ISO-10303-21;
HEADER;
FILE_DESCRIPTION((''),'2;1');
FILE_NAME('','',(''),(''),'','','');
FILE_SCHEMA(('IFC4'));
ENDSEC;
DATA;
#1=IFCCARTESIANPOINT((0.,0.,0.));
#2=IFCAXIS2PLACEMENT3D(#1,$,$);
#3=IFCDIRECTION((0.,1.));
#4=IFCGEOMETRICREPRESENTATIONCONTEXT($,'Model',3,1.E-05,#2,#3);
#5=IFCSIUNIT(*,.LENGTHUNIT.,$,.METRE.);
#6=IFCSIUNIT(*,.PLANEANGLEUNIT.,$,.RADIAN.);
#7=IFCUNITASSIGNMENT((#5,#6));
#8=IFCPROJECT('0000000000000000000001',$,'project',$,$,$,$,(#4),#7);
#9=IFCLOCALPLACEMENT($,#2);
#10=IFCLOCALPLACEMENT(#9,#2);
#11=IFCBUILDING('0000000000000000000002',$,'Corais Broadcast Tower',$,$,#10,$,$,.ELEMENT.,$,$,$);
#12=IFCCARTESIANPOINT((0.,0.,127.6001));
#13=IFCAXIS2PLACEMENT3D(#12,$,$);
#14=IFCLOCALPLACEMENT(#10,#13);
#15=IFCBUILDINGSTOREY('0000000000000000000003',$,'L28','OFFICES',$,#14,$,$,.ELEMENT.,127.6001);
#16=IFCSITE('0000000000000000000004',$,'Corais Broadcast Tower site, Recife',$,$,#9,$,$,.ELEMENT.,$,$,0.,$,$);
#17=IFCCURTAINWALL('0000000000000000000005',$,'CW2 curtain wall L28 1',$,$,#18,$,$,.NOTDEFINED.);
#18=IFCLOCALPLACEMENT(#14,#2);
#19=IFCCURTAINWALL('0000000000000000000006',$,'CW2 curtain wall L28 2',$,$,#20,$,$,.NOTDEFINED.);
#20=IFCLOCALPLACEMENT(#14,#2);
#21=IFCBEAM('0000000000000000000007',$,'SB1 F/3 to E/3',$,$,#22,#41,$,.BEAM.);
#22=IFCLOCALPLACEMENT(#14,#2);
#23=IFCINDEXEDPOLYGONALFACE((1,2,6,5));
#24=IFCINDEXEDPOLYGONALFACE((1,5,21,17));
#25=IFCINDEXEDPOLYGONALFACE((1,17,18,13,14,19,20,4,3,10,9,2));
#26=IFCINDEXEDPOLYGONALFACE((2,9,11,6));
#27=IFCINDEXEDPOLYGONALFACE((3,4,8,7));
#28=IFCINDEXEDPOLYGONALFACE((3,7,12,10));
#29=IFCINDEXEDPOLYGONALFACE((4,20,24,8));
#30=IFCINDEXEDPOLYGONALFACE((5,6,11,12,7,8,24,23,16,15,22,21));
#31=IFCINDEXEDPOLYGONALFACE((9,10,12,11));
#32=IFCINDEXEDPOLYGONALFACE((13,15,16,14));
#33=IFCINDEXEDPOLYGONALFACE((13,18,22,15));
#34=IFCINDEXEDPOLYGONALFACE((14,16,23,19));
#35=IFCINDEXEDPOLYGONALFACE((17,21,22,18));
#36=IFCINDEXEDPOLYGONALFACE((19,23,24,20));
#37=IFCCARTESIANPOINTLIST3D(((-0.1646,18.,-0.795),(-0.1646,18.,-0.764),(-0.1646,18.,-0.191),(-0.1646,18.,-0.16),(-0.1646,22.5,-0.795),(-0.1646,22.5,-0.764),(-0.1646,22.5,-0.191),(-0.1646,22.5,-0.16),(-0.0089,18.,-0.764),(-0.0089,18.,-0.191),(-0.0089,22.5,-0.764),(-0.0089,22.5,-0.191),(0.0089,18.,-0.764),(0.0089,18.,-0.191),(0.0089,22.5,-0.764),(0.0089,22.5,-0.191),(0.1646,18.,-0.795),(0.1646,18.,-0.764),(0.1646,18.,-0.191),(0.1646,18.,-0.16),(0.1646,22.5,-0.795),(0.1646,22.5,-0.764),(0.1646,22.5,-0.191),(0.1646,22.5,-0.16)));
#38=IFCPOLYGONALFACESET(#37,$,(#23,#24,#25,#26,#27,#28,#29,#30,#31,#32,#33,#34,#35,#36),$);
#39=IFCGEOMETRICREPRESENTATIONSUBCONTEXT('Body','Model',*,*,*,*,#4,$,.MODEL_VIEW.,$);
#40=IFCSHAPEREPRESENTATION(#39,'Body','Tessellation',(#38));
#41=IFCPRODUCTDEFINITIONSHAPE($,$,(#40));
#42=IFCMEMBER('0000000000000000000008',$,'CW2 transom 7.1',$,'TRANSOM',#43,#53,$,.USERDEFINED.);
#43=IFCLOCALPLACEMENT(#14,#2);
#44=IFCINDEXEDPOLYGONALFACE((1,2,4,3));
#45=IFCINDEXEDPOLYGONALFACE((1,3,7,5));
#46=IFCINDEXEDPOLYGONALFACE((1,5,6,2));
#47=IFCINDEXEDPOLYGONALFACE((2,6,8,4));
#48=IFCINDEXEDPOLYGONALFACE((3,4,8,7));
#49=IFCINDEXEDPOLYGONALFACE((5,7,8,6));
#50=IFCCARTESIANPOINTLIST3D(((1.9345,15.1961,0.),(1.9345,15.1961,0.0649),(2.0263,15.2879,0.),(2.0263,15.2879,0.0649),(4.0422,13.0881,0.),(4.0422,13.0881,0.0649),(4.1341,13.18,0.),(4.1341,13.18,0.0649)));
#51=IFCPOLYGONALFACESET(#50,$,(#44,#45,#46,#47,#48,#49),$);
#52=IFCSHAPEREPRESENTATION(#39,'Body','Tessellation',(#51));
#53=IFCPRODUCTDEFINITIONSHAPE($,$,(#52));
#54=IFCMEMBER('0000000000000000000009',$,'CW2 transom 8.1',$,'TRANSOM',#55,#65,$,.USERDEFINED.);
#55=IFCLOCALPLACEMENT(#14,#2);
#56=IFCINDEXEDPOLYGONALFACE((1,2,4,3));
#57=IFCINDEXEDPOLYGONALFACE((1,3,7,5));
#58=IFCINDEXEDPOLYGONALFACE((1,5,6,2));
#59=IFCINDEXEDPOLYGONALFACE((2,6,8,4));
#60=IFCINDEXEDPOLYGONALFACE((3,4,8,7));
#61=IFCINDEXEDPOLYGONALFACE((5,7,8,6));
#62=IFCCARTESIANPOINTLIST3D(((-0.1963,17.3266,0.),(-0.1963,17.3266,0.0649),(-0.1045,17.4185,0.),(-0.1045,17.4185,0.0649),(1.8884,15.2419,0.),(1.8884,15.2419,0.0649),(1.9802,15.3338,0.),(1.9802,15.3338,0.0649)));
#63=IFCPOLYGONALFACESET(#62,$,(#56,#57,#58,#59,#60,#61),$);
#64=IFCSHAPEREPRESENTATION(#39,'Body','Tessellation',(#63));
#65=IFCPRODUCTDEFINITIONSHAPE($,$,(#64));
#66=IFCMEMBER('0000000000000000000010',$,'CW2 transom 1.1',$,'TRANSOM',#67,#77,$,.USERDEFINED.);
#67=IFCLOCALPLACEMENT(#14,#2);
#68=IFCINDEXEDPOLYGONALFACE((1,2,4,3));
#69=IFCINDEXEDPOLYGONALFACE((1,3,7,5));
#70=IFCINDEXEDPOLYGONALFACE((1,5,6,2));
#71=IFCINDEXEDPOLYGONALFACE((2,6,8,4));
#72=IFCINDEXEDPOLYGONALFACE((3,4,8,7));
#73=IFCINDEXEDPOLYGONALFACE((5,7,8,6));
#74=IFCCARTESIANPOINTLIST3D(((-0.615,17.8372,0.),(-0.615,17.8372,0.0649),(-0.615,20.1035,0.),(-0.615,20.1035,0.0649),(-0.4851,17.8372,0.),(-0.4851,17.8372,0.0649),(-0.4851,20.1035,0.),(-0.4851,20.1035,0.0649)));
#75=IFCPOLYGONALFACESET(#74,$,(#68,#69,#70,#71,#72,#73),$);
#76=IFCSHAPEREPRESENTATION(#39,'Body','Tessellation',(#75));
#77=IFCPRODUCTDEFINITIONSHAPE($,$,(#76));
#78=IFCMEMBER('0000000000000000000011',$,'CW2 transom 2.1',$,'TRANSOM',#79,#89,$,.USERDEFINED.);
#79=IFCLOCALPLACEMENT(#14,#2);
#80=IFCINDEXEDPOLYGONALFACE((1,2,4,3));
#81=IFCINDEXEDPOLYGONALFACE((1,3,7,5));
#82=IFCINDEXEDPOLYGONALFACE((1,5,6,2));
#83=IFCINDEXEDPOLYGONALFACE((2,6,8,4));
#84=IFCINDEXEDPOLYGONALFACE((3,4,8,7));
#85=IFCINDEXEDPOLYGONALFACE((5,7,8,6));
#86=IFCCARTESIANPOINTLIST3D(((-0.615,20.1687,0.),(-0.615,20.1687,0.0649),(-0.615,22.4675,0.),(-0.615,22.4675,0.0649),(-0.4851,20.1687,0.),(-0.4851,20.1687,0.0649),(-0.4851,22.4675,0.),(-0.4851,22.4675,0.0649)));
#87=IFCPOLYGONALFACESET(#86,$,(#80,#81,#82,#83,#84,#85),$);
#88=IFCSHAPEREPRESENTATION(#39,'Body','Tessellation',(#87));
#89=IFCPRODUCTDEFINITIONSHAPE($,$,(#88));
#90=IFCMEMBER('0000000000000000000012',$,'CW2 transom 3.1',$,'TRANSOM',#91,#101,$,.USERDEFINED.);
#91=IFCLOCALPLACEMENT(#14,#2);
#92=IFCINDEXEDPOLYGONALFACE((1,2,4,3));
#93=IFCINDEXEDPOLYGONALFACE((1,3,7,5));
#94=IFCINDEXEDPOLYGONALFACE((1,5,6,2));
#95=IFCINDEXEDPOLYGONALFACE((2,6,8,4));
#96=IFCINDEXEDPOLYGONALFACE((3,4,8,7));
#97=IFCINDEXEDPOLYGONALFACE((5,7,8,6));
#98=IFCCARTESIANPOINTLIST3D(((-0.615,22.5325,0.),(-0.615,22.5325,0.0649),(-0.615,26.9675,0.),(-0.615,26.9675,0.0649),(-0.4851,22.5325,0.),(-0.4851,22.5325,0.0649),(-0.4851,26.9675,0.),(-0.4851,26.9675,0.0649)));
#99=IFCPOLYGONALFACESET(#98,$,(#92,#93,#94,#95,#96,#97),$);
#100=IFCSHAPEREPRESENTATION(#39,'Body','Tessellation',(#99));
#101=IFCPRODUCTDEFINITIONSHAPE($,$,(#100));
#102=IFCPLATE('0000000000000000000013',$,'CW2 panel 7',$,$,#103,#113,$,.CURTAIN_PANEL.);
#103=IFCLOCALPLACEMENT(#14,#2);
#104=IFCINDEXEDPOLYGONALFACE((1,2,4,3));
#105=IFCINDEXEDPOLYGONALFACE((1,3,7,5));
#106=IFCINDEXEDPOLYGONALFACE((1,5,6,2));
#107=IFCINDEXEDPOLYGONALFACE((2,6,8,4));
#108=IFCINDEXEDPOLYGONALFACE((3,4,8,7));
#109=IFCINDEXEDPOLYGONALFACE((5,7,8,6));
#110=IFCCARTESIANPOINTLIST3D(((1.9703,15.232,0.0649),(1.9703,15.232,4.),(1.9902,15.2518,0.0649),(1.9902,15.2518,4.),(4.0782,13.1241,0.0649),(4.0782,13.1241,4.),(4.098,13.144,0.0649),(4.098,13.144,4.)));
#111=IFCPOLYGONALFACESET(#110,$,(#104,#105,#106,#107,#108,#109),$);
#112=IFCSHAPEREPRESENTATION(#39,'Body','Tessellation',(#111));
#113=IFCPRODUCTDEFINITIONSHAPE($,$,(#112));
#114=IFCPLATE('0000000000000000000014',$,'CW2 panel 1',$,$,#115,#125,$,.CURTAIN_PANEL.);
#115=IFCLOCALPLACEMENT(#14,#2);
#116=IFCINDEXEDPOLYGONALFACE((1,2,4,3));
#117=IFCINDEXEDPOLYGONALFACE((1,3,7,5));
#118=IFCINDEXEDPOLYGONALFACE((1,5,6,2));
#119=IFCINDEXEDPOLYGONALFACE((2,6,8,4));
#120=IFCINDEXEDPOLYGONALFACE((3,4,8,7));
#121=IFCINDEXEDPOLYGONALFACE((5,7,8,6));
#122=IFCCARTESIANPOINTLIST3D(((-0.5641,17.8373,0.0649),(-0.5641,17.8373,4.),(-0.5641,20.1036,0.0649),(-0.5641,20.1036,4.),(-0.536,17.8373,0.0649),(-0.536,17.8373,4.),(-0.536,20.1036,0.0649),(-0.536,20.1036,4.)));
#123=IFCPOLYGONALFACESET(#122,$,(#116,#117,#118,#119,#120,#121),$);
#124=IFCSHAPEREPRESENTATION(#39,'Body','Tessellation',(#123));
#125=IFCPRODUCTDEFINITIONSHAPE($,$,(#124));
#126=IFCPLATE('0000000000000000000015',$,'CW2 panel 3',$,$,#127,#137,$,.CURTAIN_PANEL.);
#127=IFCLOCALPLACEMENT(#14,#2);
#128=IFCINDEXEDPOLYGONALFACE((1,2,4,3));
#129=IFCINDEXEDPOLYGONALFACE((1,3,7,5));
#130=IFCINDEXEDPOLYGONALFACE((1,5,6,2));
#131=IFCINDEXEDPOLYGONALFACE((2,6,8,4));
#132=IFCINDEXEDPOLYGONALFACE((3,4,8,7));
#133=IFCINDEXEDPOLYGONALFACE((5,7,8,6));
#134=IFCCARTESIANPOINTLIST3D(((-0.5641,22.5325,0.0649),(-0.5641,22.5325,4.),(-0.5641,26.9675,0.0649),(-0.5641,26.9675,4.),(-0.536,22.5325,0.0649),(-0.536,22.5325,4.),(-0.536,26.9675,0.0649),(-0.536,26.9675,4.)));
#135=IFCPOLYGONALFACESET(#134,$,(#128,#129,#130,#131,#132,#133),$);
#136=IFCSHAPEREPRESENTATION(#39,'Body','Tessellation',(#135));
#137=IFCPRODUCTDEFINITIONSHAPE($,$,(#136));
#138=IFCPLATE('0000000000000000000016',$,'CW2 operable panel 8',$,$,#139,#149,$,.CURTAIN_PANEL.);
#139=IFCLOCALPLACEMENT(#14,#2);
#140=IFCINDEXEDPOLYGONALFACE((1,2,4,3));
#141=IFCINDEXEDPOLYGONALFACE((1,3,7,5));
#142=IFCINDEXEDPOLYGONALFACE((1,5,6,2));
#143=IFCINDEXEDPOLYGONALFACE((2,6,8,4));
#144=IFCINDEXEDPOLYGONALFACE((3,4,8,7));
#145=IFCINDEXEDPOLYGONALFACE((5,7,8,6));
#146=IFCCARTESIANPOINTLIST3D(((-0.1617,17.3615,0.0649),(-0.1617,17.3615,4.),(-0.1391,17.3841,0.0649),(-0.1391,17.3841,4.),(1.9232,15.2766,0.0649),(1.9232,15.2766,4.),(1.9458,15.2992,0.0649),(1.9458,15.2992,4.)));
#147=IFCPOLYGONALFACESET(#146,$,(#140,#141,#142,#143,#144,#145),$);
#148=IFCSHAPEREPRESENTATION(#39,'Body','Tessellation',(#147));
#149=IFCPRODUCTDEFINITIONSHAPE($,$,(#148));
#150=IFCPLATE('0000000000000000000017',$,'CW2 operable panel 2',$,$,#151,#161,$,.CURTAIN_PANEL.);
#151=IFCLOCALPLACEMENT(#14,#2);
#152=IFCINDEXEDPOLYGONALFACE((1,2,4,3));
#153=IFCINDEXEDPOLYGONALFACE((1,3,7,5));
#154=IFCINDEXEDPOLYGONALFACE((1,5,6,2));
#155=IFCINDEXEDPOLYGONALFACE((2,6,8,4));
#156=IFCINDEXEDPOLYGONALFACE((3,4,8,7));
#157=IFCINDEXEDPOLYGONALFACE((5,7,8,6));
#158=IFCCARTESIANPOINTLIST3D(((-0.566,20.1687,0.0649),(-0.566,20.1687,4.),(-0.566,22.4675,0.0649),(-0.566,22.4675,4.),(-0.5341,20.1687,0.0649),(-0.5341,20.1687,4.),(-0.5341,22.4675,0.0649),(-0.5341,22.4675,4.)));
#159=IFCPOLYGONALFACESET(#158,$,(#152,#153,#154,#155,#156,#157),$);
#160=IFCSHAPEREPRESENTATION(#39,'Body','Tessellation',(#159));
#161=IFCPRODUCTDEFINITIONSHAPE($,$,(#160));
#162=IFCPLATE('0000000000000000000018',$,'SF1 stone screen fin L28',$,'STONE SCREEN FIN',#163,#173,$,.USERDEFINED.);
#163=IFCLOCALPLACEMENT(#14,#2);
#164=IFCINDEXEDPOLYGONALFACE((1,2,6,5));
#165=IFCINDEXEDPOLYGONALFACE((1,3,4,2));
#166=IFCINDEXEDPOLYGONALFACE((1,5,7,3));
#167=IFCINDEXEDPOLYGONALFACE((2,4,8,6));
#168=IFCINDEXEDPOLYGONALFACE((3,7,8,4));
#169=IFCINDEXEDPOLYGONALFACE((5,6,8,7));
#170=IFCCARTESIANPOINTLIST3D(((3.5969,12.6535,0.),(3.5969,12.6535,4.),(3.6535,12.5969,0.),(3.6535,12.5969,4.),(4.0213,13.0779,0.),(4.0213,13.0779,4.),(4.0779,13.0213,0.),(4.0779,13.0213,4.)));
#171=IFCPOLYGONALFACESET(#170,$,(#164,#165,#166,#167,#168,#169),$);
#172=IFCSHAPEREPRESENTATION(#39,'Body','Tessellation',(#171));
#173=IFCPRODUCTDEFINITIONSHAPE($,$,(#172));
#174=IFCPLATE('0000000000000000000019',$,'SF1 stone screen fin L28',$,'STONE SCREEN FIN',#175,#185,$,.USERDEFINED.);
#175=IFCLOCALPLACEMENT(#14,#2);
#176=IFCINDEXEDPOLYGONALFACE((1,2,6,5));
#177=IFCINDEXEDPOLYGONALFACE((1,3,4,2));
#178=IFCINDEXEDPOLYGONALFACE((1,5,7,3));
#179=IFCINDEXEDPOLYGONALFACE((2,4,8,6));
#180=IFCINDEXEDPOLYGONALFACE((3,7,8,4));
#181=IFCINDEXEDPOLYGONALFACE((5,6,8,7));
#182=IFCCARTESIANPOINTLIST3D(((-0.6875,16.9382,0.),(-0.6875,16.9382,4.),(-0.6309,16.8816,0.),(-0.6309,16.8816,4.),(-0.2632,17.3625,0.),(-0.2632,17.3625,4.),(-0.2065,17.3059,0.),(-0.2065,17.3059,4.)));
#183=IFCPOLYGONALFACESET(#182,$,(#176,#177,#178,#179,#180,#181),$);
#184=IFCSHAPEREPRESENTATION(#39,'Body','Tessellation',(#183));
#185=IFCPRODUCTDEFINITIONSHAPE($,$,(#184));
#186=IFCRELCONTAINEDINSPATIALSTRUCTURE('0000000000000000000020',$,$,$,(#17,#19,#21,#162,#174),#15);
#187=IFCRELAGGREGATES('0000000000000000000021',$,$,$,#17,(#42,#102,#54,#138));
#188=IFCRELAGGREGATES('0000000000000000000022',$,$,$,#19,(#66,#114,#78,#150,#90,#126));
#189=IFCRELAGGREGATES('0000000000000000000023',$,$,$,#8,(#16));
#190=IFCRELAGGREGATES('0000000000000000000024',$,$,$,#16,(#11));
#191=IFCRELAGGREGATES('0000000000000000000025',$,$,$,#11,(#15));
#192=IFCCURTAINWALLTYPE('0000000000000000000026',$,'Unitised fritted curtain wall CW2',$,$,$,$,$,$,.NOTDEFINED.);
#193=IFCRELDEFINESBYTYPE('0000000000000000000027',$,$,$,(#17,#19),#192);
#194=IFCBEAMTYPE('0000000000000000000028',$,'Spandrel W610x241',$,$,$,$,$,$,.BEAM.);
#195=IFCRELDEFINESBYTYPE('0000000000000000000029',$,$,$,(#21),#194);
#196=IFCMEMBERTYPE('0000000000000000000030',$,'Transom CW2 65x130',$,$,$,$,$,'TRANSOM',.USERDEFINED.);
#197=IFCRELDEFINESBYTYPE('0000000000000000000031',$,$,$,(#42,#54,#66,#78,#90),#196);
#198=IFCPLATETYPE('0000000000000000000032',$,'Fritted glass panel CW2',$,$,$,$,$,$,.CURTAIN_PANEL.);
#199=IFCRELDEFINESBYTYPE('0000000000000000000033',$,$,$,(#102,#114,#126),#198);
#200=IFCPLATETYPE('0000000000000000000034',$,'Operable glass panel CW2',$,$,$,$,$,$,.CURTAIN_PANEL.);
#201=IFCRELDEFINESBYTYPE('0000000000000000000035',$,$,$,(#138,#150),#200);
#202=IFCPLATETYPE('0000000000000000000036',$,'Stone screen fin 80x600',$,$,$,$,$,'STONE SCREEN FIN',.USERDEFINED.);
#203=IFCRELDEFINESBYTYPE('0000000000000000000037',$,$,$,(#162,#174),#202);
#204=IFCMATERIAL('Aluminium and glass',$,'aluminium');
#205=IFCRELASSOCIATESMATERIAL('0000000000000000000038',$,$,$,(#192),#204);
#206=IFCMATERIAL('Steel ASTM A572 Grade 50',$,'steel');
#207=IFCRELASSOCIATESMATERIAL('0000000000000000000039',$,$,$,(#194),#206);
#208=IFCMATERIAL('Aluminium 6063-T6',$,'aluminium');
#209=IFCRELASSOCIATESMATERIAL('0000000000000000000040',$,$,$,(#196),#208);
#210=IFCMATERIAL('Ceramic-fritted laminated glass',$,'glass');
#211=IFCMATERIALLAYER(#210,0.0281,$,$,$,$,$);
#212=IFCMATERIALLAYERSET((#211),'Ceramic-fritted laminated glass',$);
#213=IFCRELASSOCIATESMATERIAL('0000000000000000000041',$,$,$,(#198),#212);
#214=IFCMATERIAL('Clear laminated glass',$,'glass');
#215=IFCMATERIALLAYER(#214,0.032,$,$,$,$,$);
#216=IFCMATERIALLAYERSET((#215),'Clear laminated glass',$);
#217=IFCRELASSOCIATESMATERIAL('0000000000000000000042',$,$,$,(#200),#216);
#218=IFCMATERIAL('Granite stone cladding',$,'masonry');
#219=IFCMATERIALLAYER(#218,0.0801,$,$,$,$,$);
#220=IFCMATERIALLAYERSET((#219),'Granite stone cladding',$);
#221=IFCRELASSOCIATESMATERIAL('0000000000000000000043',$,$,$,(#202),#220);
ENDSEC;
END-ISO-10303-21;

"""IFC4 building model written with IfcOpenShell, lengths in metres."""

from ifc_helpers import new_model, si_unit, direction, frame, origin, origin_2d, place, context, subcontext, project, spatial, rectangle, i_section, extrude, material, layer, layer_set, material_profile, profile_set, type_object, element, aggregate, save


model = new_model("IFC4")

# Units and contexts
model_context = context("Model", 3, precision=1e-05, world=origin(), true_north=direction((0.0, 1.0)))
body_context = subcontext(model_context, "Body", "Model", "MODEL_VIEW")
ifc_project = project(units=[si_unit("LENGTHUNIT", "METRE"), si_unit("PLANEANGLEUNIT", "RADIAN")], contexts=[model_context])

# Site, building, storey
site_placement = place(None, origin())
site = spatial("IfcSite", under=ifc_project, at=site_placement, Name="Corais Broadcast Tower site, Recife", CompositionType="ELEMENT", RefElevation=0.0)
building_placement = place(site_placement, origin())
building = spatial("IfcBuilding", under=site, at=building_placement, Name="Corais Broadcast Tower", CompositionType="ELEMENT")
storey_placement = place(building_placement, frame((0.0, 0.0, 127.6001)))
storey = spatial("IfcBuildingStorey", under=building, at=storey_placement, Name="L28", Description="OFFICES", CompositionType="ELEMENT", Elevation=127.6001)

# Curtain walls
ifc_material_1 = material(Name="Aluminium and glass", Category="aluminium")
curtain_wall_type = type_object("IfcCurtainWallType", Name="Unitised fritted curtain wall CW2", PredefinedType="NOTDEFINED", material=ifc_material_1)
curtain_wall_1_placement = place(storey_placement, origin())
curtain_wall_1 = element("IfcCurtainWall", 1, at=curtain_wall_1_placement, inside=storey, type_object=curtain_wall_type, Name="CW2 curtain wall L28 1", PredefinedType="NOTDEFINED")
curtain_wall_2_placement = place(storey_placement, origin())
curtain_wall_2 = element("IfcCurtainWall", 2, at=curtain_wall_2_placement, inside=storey, type_object=curtain_wall_type, Name="CW2 curtain wall L28 2", PredefinedType="NOTDEFINED")

# Beam
ifc_material_2 = material(Name="Steel ASTM A572 Grade 50", Category="steel")
ifc_material_profile_1 = material_profile(ifc_material_2, i_section(OverallWidth=0.3291, OverallDepth=0.635, WebThickness=0.0178, FlangeThickness=0.031, at=origin_2d()), Name="W610x241")
ifc_profile_set_1 = profile_set([ifc_material_profile_1], Name="Steel ASTM A572 Grade 50")
beam_type_1 = type_object("IfcBeamType", Name="Spandrel W610x241", PredefinedType="BEAM", material=ifc_profile_set_1)
beam_1_placement = place(storey_placement, frame((0.0, 22.5, -0.4775), z_axis=(0.0, -1.0, 0.0), x_axis=(1.0, 0.0, 0.0)))
element("IfcBeam", 3, at=beam_1_placement, inside=storey, type_object=beam_type_1, Name="SB1 F/3 to E/3", PredefinedType="BEAM", context=body_context, shape_type="SweptSolid", body=[
    extrude(i_section(OverallWidth=0.3291, OverallDepth=0.635, WebThickness=0.0178, FlangeThickness=0.031, at=origin_2d()), origin(), (0.0, 0.0, 1.0), 4.5),
])

# Members
ifc_material_3 = material(Name="Aluminium 6063-T6", Category="aluminium")
ifc_material_profile_2 = material_profile(ifc_material_3, rectangle(XDim=0.1299, YDim=0.0649, at=origin_2d()), Name="Transom CW2 65x130")
ifc_profile_set_2 = profile_set([ifc_material_profile_2], Name="Aluminium 6063-T6")
member_type_1 = type_object("IfcMemberType", Name="Transom CW2 65x130", ElementType="TRANSOM", PredefinedType="USERDEFINED", material=ifc_profile_set_2)
member_1_placement = place(storey_placement, frame((4.0881, 13.134, 0.0325), z_axis=(-0.707066, 0.707148, 0.0), x_axis=(-0.707148, -0.707066, 0.0)))
member_1 = element("IfcMember", 4, at=member_1_placement, type_object=member_type_1, Name="CW2 transom 7.1", ObjectType="TRANSOM", PredefinedType="USERDEFINED", context=body_context, shape_type="SweptSolid", body=[
    extrude(rectangle(XDim=0.1299, YDim=0.0649, at=origin_2d()), origin(), (0.0, 0.0, 1.0), 2.981),
])
member_2_placement = place(storey_placement, frame((1.9343, 15.2878, 0.0325), z_axis=(-0.707107, 0.707107, 0.0), x_axis=(-0.707107, -0.707107, 0.0)))
member_2 = element("IfcMember", 5, at=member_2_placement, type_object=member_type_1, Name="CW2 transom 8.1", ObjectType="TRANSOM", PredefinedType="USERDEFINED", context=body_context, shape_type="SweptSolid", body=[
    extrude(rectangle(XDim=0.1299, YDim=0.0649, at=origin_2d()), origin(), (0.0, 0.0, 1.0), 2.9482),
])
member_3_placement = place(storey_placement, frame((-0.55, 17.8372, 0.0325), z_axis=(0.0, 1.0, 0.0), x_axis=(-1.0, 0.0, 0.0)))
member_3 = element("IfcMember", 6, at=member_3_placement, type_object=member_type_1, Name="CW2 transom 1.1", ObjectType="TRANSOM", PredefinedType="USERDEFINED", context=body_context, shape_type="SweptSolid", body=[
    extrude(rectangle(XDim=0.1299, YDim=0.0649, at=origin_2d()), origin(), (0.0, 0.0, 1.0), 2.2664),
])
member_4_placement = place(storey_placement, frame((-0.55, 20.1687, 0.0325), z_axis=(0.0, 1.0, 0.0), x_axis=(-1.0, 0.0, 0.0)))
member_4 = element("IfcMember", 7, at=member_4_placement, type_object=member_type_1, Name="CW2 transom 2.1", ObjectType="TRANSOM", PredefinedType="USERDEFINED", context=body_context, shape_type="SweptSolid", body=[
    extrude(rectangle(XDim=0.1299, YDim=0.0649, at=origin_2d()), origin(), (0.0, 0.0, 1.0), 2.2988),
])
member_5_placement = place(storey_placement, frame((-0.55, 22.5325, 0.0325), z_axis=(0.0, 1.0, 0.0), x_axis=(-1.0, 0.0, 0.0)))
member_5 = element("IfcMember", 8, at=member_5_placement, type_object=member_type_1, Name="CW2 transom 3.1", ObjectType="TRANSOM", PredefinedType="USERDEFINED", context=body_context, shape_type="SweptSolid", body=[
    extrude(rectangle(XDim=0.1299, YDim=0.0649, at=origin_2d()), origin(), (0.0, 0.0, 1.0), 4.4351),
])

# Plates
ifc_material_4 = material(Name="Ceramic-fritted laminated glass", Category="glass")
ifc_layer_1 = layer(ifc_material_4, 0.0281)
ifc_layer_set_1 = layer_set([ifc_layer_1], Name="Ceramic-fritted laminated glass")
plate_type_1 = type_object("IfcPlateType", Name="Fritted glass panel CW2", PredefinedType="CURTAIN_PANEL", material=ifc_layer_set_1)
plate_1_placement = place(storey_placement, frame((3.0342, 14.188, 0.0649), z_axis=(0.0, 0.0, 1.0), x_axis=(-0.707107, 0.707107, 0.0)))
plate_1 = element("IfcPlate", 9, at=plate_1_placement, type_object=plate_type_1, Name="CW2 panel 7", PredefinedType="CURTAIN_PANEL", context=body_context, shape_type="SweptSolid", body=[
    extrude(rectangle(XDim=2.981, YDim=0.0281, at=origin_2d()), origin(), (0.0, 0.0, 1.0), 3.9351),
])
plate_2_placement = place(storey_placement, frame((-0.55, 18.9705, 0.0649), z_axis=(0.0, 0.0, 1.0), x_axis=(0.0, 1.0, 0.0)))
plate_2 = element("IfcPlate", 10, at=plate_2_placement, type_object=plate_type_1, Name="CW2 panel 1", PredefinedType="CURTAIN_PANEL", context=body_context, shape_type="SweptSolid", body=[
    extrude(rectangle(XDim=2.2664, YDim=0.0281, at=origin_2d()), origin(), (0.0, 0.0, 1.0), 3.9351),
])
plate_3_placement = place(storey_placement, frame((-0.55, 24.75, 0.0649), z_axis=(0.0, 0.0, 1.0), x_axis=(0.0, 1.0, 0.0)))
plate_3 = element("IfcPlate", 11, at=plate_3_placement, type_object=plate_type_1, Name="CW2 panel 3", PredefinedType="CURTAIN_PANEL", context=body_context, shape_type="SweptSolid", body=[
    extrude(rectangle(XDim=4.4351, YDim=0.0281, at=origin_2d()), origin(), (0.0, 0.0, 1.0), 3.9351),
])
ifc_material_5 = material(Name="Clear laminated glass", Category="glass")
ifc_layer_2 = layer(ifc_material_5, 0.032)
ifc_layer_set_2 = layer_set([ifc_layer_2], Name="Clear laminated glass")
plate_type_2 = type_object("IfcPlateType", Name="Operable glass panel CW2", PredefinedType="CURTAIN_PANEL", material=ifc_layer_set_2)
plate_4_placement = place(storey_placement, frame((0.8921, 16.3303, 0.0649), z_axis=(0.0, 0.0, 1.0), x_axis=(-0.707107, 0.707107, 0.0)))
plate_4 = element("IfcPlate", 12, at=plate_4_placement, type_object=plate_type_2, Name="CW2 operable panel 8", PredefinedType="CURTAIN_PANEL", context=body_context, shape_type="SweptSolid", body=[
    extrude(rectangle(XDim=2.9485, YDim=0.032, at=origin_2d()), origin(), (0.0, 0.0, 1.0), 3.9351),
])
aggregate(curtain_wall_1, [member_1, plate_1, member_2, plate_4])
plate_5_placement = place(storey_placement, frame((-0.55, 21.3181, 0.0649), z_axis=(0.0, 0.0, 1.0), x_axis=(0.0, 1.0, 0.0)))
plate_5 = element("IfcPlate", 13, at=plate_5_placement, type_object=plate_type_2, Name="CW2 operable panel 2", PredefinedType="CURTAIN_PANEL", context=body_context, shape_type="SweptSolid", body=[
    extrude(rectangle(XDim=2.2988, YDim=0.032, at=origin_2d()), origin(), (0.0, 0.0, 1.0), 3.9351),
])
aggregate(curtain_wall_2, [member_3, plate_2, member_4, plate_5, member_5, plate_3])

# Plates
ifc_material_6 = material(Name="Granite stone cladding", Category="masonry")
ifc_layer_3 = layer(ifc_material_6, 0.0801)
ifc_layer_set_3 = layer_set([ifc_layer_3], Name="Granite stone cladding")
plate_type_3 = type_object("IfcPlateType", Name="Stone screen fin 80x600", ElementType="STONE SCREEN FIN", PredefinedType="USERDEFINED", material=ifc_layer_set_3)
for number, where, z_axis, x_axis, name in (
    (14, (3.8374, 12.8374, 0.0), (0.0, 0.0, 1.0), (-0.707107, 0.707107, 0.0), "SF1 stone screen fin L28"),
    (15, (-0.447, 17.1221, 0.0), (0.0, 0.0, 1.0), (-0.707107, 0.707107, 0.0), "SF1 stone screen fin L28"),
):
    element("IfcPlate", number, at=place(storey_placement, frame(where, z_axis=z_axis, x_axis=x_axis)), inside=storey, type_object=plate_type_3, Name=name, ObjectType="STONE SCREEN FIN", PredefinedType="USERDEFINED", context=body_context, shape_type="SweptSolid", body=[
        extrude(rectangle(XDim=0.0801, YDim=0.6001, at=origin_2d()), origin(), (0.0, 0.0, 1.0), 4.0),
    ])

save(model, "model.ifc")
